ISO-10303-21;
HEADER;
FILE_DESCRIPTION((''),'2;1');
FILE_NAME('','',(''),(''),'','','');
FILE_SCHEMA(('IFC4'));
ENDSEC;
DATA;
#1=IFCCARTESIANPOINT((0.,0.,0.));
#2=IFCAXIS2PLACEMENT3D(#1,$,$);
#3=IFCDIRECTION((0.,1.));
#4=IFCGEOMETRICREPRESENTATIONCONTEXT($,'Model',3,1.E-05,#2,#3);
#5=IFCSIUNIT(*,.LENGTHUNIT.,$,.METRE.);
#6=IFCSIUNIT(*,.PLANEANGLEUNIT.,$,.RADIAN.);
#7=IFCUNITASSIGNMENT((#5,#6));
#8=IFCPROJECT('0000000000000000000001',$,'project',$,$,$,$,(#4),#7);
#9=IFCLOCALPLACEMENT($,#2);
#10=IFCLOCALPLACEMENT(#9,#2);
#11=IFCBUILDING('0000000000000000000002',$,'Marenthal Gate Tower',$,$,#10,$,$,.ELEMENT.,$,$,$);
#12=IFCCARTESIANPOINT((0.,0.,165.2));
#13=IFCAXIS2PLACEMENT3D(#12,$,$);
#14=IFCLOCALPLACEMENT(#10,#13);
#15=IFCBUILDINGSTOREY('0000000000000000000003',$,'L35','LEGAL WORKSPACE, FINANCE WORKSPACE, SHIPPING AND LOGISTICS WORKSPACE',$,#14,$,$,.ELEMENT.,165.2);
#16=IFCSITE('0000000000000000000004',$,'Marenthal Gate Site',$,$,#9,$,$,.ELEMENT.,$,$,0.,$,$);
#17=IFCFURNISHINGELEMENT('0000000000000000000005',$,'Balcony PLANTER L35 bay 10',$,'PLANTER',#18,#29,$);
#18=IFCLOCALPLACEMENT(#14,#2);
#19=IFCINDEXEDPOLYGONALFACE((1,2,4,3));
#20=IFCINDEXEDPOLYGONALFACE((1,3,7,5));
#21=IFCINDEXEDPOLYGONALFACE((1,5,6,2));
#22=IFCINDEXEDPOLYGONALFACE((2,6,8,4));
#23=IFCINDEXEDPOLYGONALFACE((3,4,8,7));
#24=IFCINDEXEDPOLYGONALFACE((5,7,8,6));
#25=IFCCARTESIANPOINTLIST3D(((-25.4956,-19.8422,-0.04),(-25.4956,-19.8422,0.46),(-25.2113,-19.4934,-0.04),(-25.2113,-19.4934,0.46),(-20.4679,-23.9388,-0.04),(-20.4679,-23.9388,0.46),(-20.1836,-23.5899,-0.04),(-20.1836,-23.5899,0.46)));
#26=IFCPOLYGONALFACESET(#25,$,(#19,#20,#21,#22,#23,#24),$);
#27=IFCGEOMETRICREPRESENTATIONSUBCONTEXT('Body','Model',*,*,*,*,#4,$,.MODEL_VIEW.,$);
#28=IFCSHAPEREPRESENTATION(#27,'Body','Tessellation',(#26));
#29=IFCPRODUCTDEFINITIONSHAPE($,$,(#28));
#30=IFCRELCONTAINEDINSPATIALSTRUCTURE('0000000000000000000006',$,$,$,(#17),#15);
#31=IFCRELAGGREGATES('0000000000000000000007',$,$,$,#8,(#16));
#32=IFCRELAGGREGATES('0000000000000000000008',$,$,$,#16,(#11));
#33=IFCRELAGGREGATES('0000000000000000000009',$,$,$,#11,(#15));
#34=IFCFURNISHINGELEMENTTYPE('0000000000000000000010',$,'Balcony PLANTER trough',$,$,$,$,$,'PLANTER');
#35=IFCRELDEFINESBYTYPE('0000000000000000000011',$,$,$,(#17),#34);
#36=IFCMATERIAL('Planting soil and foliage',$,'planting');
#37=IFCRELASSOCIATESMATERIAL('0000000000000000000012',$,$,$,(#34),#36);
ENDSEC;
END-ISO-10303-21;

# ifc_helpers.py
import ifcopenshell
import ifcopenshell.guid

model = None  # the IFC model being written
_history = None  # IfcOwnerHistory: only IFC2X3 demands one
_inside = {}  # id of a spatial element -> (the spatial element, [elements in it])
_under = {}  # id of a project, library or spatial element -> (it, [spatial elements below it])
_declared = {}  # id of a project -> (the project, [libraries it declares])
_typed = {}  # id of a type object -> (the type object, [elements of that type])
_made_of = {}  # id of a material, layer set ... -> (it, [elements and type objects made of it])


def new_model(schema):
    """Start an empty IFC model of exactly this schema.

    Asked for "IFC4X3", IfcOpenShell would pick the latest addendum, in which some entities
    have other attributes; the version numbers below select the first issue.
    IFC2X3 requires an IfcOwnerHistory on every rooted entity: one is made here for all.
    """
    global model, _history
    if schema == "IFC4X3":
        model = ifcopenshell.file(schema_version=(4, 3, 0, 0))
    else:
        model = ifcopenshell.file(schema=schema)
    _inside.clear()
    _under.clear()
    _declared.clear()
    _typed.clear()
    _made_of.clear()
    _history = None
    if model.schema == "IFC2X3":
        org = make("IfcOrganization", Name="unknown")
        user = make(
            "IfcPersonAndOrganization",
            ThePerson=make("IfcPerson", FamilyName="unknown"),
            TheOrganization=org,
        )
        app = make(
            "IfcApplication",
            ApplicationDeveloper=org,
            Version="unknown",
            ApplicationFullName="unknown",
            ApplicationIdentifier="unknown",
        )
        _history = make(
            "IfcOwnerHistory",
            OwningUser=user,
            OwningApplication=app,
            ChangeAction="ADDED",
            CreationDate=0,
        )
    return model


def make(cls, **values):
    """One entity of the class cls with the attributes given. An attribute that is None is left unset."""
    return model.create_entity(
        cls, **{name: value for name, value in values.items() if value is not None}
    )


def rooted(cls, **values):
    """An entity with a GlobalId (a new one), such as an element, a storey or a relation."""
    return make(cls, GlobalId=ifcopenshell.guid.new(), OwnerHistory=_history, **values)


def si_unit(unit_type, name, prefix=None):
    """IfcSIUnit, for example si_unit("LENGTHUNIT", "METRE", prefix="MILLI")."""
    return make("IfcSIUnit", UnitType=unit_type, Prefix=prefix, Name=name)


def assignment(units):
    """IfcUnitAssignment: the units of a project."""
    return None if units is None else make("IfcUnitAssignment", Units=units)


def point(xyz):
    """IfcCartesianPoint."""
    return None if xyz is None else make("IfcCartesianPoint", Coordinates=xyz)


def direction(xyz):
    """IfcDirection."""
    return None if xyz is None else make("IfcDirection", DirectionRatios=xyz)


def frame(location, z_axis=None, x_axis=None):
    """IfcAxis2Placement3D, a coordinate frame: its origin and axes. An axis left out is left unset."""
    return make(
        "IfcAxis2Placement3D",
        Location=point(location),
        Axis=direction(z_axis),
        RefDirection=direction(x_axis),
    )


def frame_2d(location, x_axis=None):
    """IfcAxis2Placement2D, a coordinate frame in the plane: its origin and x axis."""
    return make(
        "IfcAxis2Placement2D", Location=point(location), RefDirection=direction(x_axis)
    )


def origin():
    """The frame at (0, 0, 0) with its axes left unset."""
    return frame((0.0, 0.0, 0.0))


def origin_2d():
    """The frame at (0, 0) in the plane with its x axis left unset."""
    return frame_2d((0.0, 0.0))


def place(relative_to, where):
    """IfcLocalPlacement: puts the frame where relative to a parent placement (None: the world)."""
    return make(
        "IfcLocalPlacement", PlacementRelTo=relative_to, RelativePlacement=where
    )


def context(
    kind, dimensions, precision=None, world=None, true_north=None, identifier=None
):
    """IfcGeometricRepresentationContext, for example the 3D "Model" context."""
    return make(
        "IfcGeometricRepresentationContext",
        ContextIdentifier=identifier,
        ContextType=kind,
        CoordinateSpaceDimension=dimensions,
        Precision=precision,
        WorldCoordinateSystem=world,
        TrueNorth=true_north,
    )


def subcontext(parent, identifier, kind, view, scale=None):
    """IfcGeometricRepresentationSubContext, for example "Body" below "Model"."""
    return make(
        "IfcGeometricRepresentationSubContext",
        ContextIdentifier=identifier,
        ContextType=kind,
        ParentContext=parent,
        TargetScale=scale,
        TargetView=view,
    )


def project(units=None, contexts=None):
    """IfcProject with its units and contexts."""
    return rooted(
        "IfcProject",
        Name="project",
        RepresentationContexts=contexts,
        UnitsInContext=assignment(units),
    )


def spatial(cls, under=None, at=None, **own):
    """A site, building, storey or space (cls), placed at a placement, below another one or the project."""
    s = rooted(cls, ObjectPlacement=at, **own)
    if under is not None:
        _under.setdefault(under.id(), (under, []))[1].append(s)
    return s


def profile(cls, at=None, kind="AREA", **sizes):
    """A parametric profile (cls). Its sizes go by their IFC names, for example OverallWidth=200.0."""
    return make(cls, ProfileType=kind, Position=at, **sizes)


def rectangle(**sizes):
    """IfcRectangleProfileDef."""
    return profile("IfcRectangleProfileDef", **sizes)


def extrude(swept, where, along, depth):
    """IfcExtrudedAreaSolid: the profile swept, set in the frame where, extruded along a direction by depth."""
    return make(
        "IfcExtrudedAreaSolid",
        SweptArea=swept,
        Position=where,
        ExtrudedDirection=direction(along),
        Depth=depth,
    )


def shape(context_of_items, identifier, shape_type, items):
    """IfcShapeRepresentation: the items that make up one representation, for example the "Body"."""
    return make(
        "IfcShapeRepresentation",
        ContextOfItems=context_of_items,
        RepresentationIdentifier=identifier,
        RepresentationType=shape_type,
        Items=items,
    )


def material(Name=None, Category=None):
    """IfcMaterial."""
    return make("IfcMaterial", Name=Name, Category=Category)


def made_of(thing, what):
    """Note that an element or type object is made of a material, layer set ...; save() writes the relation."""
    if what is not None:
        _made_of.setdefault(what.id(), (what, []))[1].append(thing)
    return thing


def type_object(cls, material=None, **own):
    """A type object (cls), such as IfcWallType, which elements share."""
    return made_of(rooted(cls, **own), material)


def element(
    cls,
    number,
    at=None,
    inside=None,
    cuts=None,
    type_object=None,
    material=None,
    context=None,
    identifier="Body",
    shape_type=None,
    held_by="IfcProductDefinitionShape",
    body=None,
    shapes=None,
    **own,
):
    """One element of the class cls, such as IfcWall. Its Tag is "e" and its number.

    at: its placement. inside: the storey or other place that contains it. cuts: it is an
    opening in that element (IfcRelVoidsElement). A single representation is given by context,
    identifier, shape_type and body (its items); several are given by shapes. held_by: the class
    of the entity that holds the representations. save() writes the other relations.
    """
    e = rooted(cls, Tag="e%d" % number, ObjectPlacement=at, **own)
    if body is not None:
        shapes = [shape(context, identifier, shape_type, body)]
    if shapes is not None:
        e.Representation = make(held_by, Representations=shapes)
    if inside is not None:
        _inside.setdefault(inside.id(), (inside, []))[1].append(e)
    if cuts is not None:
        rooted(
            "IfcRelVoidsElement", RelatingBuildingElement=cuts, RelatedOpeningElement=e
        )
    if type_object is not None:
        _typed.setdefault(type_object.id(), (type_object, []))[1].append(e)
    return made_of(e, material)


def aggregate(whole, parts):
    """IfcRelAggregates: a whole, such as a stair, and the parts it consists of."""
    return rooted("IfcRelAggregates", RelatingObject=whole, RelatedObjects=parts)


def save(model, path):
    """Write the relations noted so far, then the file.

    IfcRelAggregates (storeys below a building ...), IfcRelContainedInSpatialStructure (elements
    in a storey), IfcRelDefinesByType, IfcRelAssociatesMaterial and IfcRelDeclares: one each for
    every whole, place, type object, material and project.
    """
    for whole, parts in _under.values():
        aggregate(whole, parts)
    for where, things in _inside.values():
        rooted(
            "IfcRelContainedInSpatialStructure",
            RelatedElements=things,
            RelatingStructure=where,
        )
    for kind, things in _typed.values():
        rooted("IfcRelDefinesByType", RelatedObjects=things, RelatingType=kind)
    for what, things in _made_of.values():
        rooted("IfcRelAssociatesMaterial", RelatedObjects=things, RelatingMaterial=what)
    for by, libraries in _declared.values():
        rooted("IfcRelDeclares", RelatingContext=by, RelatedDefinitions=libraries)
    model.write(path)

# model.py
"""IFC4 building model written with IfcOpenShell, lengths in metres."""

from ifc_helpers import new_model, si_unit, direction, frame, origin, origin_2d, place, context, subcontext, project, spatial, rectangle, extrude, material, type_object, element, save


model = new_model("IFC4")

# Units and contexts
model_context = context("Model", 3, precision=1e-05, world=origin(), true_north=direction((0.0, 1.0)))
body_context = subcontext(model_context, "Body", "Model", "MODEL_VIEW")
ifc_project = project(units=[si_unit("LENGTHUNIT", "METRE"), si_unit("PLANEANGLEUNIT", "RADIAN")], contexts=[model_context])

# Site, building, storey
site_placement = place(None, origin())
site = spatial("IfcSite", under=ifc_project, at=site_placement, Name="Marenthal Gate Site", CompositionType="ELEMENT", RefElevation=0.0)
building_placement = place(site_placement, origin())
building = spatial("IfcBuilding", under=site, at=building_placement, Name="Marenthal Gate Tower", CompositionType="ELEMENT")
storey_placement = place(building_placement, frame((0.0, 0.0, 165.2)))
storey = spatial("IfcBuildingStorey", under=building, at=storey_placement, Name="L35", Description="LEGAL WORKSPACE, FINANCE WORKSPACE, SHIPPING AND LOGISTICS WORKSPACE", CompositionType="ELEMENT", Elevation=165.2)

# Furnishing element
ifc_material_1 = material(Name="Planting soil and foliage", Category="planting")
furnishing_element_type = type_object("IfcFurnishingElementType", Name="Balcony PLANTER trough", ElementType="PLANTER", material=ifc_material_1)
furnishing_placement = place(storey_placement, frame((-22.8396, -21.7161, -0.04), z_axis=(0.0, 0.0, 1.0), x_axis=(0.77524, -0.631667, 0.0)))
element("IfcFurnishingElement", 1, at=furnishing_placement, inside=storey, type_object=furnishing_element_type, Name="Balcony PLANTER L35 bay 10", ObjectType="PLANTER", context=body_context, shape_type="SweptSolid", body=[
    extrude(rectangle(XDim=6.4854, YDim=0.45, at=origin_2d()), origin(), (0.0, 0.0, 1.0), 0.5),
])

save(model, "model.ifc")
